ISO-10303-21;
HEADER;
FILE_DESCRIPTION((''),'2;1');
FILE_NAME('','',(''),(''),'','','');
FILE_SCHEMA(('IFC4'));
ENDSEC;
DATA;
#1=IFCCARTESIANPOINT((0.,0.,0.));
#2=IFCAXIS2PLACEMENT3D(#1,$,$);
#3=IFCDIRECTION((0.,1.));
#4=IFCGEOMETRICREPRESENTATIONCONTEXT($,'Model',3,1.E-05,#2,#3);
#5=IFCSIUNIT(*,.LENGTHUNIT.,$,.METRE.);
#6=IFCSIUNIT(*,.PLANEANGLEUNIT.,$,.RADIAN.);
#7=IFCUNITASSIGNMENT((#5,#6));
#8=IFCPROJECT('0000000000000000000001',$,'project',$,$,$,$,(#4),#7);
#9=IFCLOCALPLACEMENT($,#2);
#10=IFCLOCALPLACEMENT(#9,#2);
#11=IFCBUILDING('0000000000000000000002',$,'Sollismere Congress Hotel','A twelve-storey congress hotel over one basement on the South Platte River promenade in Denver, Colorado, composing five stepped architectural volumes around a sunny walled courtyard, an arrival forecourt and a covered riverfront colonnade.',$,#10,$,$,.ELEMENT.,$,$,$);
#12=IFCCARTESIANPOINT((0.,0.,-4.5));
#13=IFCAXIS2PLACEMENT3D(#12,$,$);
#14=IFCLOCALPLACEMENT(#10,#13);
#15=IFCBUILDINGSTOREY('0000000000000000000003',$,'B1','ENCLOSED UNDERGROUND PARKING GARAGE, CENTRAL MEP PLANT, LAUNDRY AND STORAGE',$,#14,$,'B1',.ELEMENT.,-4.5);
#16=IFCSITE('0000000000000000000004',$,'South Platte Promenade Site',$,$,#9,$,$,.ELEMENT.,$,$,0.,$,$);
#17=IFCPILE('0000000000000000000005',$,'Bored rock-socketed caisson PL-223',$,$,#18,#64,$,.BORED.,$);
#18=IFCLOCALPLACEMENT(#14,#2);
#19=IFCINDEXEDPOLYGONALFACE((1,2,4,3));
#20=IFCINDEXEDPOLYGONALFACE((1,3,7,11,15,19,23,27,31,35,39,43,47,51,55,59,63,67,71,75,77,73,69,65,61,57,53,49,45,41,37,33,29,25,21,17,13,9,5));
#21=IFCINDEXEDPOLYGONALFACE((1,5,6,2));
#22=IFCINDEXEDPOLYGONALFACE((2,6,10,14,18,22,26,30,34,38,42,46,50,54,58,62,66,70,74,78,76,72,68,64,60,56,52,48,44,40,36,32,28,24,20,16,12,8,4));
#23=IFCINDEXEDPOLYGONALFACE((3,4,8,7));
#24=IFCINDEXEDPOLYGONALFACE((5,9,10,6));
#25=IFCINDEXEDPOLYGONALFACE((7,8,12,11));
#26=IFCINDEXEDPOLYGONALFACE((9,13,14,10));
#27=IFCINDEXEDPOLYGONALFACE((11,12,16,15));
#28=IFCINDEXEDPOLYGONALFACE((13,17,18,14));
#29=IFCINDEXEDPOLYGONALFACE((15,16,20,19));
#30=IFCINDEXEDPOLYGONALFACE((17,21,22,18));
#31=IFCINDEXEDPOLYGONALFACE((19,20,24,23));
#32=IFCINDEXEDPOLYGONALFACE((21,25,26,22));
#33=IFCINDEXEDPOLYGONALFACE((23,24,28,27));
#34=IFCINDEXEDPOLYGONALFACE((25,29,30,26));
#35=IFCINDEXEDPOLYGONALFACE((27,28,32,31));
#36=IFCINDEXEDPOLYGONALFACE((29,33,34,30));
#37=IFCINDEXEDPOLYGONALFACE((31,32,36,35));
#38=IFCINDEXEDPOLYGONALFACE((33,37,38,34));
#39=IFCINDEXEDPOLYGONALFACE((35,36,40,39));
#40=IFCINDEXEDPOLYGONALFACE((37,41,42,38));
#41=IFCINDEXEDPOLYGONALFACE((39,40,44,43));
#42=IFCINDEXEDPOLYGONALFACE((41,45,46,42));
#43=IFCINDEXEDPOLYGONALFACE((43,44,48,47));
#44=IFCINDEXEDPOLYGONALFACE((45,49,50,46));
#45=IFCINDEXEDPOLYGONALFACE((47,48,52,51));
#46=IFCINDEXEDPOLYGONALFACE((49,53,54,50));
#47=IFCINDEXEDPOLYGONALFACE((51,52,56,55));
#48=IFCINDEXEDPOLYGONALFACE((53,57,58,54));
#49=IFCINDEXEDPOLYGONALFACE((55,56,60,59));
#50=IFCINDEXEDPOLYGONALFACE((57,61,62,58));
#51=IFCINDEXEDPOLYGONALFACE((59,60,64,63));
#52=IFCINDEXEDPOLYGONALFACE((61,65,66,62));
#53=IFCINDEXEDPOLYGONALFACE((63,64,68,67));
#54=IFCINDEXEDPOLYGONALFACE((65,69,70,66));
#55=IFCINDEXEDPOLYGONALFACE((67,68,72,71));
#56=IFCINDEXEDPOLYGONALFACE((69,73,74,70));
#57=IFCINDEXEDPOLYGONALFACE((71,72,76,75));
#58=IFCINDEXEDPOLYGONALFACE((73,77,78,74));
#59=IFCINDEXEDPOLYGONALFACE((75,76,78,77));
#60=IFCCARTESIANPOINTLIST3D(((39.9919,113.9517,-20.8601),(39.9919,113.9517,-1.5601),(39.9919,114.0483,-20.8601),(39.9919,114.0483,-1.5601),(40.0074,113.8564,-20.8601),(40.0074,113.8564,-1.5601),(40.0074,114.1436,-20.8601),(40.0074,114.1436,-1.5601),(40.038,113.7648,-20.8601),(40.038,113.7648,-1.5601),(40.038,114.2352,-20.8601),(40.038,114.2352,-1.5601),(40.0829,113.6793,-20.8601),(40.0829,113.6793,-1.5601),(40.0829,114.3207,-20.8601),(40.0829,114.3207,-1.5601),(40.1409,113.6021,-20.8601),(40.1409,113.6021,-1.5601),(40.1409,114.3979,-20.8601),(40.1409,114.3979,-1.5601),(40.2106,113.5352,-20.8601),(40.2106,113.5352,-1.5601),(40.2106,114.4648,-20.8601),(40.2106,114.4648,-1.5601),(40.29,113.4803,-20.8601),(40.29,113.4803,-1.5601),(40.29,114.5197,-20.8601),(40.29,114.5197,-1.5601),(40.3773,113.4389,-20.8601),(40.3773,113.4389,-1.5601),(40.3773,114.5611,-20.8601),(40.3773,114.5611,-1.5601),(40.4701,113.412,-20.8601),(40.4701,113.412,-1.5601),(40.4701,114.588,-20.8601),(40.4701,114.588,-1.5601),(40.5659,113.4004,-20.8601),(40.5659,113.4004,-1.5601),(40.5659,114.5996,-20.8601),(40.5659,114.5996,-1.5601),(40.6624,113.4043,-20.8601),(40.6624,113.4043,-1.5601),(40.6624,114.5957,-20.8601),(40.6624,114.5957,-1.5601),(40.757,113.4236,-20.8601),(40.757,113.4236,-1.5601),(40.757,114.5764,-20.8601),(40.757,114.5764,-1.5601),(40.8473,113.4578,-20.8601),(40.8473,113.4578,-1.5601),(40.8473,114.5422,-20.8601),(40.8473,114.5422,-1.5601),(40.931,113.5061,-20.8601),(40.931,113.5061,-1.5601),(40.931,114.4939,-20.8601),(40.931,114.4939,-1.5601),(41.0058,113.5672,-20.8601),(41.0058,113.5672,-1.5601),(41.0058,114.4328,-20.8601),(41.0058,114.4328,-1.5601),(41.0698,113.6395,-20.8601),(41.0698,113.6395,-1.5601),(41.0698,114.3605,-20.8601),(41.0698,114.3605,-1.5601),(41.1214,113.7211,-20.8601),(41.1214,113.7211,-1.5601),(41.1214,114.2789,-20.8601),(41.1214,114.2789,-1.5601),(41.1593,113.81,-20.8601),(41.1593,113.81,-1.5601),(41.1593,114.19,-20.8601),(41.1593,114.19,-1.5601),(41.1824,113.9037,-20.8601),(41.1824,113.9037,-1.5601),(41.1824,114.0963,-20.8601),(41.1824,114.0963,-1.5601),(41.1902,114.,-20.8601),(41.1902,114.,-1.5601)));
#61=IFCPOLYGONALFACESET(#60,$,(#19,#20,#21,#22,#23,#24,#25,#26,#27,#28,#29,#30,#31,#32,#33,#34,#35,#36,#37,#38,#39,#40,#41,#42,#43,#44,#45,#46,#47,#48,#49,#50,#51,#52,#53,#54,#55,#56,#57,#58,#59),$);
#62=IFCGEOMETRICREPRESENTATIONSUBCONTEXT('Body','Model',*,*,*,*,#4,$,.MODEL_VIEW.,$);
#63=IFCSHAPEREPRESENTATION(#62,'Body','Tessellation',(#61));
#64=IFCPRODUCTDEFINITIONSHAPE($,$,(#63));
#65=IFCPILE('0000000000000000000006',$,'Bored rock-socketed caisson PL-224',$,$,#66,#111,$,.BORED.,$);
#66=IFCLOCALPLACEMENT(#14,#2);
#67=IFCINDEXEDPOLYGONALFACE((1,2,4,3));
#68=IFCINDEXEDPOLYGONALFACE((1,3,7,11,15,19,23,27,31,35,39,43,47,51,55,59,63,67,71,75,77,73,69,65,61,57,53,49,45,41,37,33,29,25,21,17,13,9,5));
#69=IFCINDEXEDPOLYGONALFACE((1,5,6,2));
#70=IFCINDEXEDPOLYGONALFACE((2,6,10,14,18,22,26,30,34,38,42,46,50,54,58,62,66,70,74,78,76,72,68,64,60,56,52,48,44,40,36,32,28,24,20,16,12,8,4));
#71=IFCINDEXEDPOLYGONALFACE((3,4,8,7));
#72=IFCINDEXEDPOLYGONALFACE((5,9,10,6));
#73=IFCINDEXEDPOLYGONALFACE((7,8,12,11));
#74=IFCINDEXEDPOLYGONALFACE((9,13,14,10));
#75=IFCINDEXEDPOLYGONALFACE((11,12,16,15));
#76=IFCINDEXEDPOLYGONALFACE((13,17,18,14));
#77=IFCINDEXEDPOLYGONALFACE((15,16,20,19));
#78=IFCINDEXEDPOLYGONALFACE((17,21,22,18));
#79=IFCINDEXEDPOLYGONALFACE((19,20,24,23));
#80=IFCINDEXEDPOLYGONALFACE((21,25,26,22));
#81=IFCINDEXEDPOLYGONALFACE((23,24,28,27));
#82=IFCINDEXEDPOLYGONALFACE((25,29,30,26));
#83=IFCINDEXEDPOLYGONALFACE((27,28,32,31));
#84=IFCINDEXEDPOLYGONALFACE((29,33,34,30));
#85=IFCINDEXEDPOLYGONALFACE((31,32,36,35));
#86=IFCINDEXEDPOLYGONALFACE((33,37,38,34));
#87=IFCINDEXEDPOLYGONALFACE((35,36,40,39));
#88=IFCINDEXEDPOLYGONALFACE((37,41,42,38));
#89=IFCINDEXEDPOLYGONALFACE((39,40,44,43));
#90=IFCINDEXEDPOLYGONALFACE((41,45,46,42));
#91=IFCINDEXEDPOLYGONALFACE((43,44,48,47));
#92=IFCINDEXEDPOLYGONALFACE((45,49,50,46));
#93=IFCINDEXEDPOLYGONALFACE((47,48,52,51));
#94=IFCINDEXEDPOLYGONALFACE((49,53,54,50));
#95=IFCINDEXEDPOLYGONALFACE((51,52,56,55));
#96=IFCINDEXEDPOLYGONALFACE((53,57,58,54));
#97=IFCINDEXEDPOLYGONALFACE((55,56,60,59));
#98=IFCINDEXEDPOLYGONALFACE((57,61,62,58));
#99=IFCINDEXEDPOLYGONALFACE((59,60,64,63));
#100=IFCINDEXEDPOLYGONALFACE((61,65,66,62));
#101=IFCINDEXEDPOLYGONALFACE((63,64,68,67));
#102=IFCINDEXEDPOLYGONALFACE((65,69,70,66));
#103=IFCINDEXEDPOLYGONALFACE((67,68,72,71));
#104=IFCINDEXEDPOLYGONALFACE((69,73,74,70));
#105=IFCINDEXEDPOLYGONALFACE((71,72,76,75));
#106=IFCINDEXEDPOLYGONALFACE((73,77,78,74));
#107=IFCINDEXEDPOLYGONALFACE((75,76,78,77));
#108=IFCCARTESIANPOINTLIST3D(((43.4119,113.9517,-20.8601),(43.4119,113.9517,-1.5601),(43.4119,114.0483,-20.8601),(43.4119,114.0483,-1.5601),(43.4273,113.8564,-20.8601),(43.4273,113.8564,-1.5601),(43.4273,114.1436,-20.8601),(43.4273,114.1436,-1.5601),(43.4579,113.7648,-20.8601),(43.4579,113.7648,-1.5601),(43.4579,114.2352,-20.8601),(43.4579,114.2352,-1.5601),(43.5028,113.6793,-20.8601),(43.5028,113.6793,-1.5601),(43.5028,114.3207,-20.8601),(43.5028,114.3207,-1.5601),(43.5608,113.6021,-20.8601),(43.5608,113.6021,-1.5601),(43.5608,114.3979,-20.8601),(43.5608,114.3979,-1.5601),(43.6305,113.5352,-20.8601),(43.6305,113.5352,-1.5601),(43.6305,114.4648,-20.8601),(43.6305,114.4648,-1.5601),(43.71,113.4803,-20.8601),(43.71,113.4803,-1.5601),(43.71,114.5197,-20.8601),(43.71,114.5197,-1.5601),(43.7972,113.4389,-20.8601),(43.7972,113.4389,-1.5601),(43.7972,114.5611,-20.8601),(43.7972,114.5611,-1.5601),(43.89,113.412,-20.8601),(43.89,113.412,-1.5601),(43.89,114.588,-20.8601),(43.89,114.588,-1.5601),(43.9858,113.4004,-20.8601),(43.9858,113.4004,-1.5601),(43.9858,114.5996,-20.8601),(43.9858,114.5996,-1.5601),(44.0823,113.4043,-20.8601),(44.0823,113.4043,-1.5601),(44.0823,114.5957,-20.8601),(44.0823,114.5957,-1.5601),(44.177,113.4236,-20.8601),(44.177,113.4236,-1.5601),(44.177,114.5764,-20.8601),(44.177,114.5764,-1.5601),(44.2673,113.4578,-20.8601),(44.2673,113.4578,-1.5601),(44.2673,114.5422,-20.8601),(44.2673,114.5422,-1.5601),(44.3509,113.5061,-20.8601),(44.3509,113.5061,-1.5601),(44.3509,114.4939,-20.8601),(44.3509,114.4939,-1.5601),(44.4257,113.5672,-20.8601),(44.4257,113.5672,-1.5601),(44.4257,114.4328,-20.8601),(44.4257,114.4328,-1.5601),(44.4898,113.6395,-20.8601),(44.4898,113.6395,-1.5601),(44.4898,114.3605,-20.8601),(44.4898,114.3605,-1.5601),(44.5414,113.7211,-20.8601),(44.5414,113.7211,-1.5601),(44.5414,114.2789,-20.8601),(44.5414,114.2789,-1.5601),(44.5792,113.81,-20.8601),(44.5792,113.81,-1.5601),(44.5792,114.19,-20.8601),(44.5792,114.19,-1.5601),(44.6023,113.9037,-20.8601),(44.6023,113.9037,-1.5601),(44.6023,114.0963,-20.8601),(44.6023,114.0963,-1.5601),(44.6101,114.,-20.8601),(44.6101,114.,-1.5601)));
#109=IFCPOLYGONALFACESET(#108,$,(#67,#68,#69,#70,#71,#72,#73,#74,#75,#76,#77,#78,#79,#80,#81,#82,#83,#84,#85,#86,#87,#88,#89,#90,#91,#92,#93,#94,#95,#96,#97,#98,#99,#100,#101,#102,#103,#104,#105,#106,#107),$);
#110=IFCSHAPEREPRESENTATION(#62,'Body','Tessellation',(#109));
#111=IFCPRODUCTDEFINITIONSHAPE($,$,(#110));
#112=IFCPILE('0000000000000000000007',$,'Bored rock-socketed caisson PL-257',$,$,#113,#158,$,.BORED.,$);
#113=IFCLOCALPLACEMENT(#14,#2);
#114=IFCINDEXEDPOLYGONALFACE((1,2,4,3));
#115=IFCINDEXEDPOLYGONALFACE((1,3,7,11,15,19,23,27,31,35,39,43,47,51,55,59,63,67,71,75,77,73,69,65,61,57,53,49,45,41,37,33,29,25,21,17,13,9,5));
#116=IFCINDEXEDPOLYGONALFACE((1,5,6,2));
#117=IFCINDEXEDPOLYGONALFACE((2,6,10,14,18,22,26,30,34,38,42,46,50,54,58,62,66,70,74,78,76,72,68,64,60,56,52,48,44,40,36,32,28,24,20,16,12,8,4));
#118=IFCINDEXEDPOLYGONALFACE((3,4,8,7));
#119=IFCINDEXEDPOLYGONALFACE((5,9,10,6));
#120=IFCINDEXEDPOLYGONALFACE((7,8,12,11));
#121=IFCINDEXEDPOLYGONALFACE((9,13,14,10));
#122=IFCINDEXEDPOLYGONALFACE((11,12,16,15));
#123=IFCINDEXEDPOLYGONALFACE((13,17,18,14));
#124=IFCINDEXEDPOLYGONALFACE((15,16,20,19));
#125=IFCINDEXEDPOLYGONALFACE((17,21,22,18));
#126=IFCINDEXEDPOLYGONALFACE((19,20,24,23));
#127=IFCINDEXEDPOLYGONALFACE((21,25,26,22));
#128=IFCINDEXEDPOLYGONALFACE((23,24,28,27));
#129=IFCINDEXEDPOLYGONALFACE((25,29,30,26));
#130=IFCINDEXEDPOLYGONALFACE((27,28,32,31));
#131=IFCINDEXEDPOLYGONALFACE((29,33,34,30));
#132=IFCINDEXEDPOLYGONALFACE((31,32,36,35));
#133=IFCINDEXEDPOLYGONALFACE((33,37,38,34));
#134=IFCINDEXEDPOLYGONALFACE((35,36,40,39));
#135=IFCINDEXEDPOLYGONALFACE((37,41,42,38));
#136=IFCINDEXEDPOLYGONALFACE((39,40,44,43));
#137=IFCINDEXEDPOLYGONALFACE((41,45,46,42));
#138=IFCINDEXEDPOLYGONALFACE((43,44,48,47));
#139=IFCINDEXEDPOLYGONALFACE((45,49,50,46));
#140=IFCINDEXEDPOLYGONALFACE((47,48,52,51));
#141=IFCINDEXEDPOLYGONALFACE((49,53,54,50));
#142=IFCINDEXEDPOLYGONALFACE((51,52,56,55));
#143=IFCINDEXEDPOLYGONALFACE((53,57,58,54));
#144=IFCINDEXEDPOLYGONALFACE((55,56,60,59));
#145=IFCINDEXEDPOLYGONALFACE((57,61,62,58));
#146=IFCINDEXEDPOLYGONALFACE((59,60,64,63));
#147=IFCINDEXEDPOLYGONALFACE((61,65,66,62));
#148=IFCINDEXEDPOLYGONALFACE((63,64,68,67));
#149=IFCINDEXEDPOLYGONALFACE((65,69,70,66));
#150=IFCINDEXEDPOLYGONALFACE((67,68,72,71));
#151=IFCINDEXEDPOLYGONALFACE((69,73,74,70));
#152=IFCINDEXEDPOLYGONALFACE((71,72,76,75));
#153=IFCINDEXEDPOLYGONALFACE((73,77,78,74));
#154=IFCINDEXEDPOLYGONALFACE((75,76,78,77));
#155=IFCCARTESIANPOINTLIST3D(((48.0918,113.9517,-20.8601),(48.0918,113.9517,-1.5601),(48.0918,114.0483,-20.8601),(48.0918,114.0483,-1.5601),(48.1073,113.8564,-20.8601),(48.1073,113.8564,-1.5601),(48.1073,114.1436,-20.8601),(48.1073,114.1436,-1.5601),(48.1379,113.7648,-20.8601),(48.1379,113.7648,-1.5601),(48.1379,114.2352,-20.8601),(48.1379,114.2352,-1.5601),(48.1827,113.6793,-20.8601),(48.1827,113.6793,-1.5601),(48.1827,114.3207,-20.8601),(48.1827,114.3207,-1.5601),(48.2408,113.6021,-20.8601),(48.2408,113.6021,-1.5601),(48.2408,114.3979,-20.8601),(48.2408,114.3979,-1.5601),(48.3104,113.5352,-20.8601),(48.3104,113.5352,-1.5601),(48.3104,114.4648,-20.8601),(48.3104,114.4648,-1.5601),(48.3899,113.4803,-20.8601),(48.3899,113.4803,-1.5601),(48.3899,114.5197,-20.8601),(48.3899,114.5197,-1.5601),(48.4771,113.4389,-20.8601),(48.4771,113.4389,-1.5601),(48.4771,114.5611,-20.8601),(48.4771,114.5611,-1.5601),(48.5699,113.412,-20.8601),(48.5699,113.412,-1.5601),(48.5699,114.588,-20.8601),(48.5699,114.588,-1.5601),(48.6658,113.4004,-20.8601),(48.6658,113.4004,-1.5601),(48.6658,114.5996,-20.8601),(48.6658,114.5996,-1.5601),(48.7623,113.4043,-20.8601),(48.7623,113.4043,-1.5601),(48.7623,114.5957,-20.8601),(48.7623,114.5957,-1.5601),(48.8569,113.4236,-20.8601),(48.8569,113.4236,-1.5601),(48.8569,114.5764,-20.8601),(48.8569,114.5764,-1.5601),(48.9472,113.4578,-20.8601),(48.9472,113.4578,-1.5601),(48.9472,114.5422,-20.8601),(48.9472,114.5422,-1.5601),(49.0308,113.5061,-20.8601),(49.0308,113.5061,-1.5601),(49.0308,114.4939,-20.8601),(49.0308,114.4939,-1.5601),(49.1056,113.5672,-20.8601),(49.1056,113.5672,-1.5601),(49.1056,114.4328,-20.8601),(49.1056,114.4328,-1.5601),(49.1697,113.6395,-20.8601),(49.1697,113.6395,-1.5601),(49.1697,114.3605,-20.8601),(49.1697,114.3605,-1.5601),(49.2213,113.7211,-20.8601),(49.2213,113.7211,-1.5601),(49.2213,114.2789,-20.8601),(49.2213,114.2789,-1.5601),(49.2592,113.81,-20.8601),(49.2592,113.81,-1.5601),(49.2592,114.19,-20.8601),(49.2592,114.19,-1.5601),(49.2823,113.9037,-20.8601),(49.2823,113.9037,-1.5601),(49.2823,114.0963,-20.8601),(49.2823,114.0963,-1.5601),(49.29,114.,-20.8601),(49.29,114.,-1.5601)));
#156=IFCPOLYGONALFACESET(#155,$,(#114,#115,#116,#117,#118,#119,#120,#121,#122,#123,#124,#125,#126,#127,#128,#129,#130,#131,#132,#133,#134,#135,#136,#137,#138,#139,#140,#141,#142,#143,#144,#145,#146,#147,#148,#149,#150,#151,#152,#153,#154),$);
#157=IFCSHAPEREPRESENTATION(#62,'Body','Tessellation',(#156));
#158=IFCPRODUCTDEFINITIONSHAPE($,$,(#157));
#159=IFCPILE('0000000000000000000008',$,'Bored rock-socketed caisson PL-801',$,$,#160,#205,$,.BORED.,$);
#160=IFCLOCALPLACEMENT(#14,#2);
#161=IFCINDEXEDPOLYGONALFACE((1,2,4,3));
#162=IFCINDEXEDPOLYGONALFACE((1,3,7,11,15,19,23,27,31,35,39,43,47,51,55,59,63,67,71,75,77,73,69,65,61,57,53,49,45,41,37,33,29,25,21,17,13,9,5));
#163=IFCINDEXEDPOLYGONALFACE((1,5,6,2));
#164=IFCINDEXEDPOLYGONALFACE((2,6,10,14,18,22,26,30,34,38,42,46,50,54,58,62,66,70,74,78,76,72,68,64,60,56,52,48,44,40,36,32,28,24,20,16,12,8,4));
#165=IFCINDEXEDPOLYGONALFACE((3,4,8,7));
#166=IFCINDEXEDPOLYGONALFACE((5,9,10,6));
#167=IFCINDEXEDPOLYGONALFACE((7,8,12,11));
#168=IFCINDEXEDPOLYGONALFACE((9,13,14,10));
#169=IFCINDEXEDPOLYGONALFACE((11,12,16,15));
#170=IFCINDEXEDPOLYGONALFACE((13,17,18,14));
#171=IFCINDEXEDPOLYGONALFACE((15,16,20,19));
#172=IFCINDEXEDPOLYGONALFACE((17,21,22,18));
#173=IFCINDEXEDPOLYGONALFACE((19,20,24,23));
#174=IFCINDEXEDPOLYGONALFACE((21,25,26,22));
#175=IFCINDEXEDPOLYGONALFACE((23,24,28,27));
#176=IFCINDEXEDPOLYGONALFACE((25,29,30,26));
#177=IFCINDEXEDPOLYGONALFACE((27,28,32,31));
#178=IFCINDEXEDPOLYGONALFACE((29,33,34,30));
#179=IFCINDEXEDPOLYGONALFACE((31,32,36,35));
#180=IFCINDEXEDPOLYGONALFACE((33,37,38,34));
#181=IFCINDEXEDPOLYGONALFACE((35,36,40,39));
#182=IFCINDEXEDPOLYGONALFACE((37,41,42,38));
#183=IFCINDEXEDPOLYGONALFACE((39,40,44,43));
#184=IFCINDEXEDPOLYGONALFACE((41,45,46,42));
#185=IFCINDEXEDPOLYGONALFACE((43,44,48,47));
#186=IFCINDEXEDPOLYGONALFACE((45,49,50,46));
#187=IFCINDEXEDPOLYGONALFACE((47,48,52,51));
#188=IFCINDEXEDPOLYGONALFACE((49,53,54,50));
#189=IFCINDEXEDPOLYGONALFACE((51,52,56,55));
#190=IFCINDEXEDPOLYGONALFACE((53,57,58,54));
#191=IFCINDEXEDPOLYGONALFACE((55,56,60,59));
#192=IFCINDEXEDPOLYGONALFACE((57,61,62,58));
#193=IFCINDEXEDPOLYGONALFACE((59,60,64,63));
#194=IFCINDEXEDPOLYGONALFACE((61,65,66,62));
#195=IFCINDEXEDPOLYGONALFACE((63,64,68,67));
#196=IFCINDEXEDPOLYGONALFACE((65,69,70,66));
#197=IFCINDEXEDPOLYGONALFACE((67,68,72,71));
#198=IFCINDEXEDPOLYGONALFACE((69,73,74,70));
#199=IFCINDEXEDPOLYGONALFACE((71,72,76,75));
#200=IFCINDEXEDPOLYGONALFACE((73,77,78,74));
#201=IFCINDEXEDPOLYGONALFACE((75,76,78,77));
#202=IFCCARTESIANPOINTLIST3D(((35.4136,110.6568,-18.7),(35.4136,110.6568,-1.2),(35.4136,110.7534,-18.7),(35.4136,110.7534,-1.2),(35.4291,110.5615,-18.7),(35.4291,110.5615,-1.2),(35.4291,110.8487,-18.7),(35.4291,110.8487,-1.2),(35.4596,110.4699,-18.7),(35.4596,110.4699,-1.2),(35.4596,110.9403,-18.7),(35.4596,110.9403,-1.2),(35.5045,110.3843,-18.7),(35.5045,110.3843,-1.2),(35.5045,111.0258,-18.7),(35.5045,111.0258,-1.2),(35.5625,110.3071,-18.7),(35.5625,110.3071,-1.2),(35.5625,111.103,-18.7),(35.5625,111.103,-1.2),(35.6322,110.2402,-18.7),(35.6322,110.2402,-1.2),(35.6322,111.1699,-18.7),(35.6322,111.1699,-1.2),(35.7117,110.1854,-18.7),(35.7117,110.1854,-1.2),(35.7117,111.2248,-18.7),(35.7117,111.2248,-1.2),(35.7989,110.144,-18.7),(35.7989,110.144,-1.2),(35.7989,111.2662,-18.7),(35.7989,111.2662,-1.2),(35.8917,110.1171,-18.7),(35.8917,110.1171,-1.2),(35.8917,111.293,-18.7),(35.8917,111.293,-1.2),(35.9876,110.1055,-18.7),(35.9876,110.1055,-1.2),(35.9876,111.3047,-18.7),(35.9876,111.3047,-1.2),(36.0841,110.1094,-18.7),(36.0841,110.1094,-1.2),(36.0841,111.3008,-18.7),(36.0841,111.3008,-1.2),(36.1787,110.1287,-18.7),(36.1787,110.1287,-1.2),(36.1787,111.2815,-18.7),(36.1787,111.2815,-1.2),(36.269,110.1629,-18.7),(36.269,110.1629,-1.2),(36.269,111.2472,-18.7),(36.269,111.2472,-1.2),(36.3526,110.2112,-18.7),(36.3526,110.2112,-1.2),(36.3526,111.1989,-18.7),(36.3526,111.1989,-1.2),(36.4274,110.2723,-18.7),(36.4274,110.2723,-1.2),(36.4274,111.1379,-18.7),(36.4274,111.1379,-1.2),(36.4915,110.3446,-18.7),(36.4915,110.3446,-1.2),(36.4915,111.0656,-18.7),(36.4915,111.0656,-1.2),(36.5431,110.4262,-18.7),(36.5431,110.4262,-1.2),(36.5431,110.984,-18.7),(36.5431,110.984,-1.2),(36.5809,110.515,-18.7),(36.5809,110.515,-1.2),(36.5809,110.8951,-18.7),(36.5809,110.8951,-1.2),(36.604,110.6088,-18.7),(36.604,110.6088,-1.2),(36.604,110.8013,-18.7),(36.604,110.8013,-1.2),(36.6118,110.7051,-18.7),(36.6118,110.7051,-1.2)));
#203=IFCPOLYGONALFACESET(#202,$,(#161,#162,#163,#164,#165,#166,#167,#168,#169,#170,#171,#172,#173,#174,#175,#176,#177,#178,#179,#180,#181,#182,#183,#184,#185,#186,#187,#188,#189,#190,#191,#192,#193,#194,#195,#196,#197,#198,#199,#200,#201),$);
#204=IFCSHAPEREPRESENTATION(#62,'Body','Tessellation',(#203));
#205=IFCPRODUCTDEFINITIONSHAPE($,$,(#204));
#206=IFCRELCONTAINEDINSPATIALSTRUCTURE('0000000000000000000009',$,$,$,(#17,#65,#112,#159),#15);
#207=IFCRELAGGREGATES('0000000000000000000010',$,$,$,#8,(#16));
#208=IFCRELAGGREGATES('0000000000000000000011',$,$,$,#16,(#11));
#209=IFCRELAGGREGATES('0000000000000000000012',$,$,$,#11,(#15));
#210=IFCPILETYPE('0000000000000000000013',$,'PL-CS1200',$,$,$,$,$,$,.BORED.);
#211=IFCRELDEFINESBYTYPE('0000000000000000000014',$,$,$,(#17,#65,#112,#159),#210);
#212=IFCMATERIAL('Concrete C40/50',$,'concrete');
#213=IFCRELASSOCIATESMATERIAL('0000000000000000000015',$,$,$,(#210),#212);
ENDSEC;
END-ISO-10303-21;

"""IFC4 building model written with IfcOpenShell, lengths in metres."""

from ifc_helpers import new_model, si_unit, direction, frame, origin, origin_2d, place, context, subcontext, project, spatial, circle, extrude, material, material_profile, profile_set, type_object, element, save


model = new_model("IFC4")

# Units and contexts
model_context = context("Model", 3, precision=1e-05, world=origin(), true_north=direction((0.0, 1.0)))
body_context = subcontext(model_context, "Body", "Model", "MODEL_VIEW")
ifc_project = project(units=[si_unit("LENGTHUNIT", "METRE"), si_unit("PLANEANGLEUNIT", "RADIAN")], contexts=[model_context])

# Site, building, storey
site_placement = place(None, origin())
site = spatial("IfcSite", under=ifc_project, at=site_placement, Name="South Platte Promenade Site", CompositionType="ELEMENT", RefElevation=0.0)
building_placement = place(site_placement, origin())
building = spatial("IfcBuilding", under=site, at=building_placement, Name="Sollismere Congress Hotel", Description="A twelve-storey congress hotel over one basement on the South Platte River promenade in Denver, Colorado, composing five stepped architectural volumes around a sunny walled courtyard, an arrival forecourt and a covered riverfront colonnade.", CompositionType="ELEMENT")
storey_placement = place(building_placement, frame((0.0, 0.0, -4.5)))
storey = spatial("IfcBuildingStorey", under=building, at=storey_placement, Name="B1", Description="ENCLOSED UNDERGROUND PARKING GARAGE, CENTRAL MEP PLANT, LAUNDRY AND STORAGE", LongName="B1", CompositionType="ELEMENT", Elevation=-4.5)

# Shared definitions
ifc_material_1 = material(Name="Concrete C40/50", Category="concrete")

# Piles
ifc_material_profile_1 = material_profile(ifc_material_1, circle(Radius=0.6001, at=origin_2d()), Name="CAISSON1200")
ifc_profile_set_1 = profile_set([ifc_material_profile_1], Name="Concrete C40/50")
pile_type = type_object("IfcPileType", Name="PL-CS1200", PredefinedType="BORED", material=ifc_profile_set_1)
for number, where, z_axis, x_axis, name in (
    (1, (40.5901, 114.0, -1.5601), (0.0, 0.0, -1.0), (1.0, 0.0, 0.0), "Bored rock-socketed caisson PL-223"),
    (2, (44.01, 114.0, -1.5601), (0.0, 0.0, -1.0), (1.0, 0.0, 0.0), "Bored rock-socketed caisson PL-224"),
    (3, (48.6899, 114.0, -1.5601), (0.0, 0.0, -1.0), (1.0, 0.0, 0.0), "Bored rock-socketed caisson PL-257"),
):
    element("IfcPile", number, at=place(storey_placement, frame(where, z_axis=z_axis, x_axis=x_axis)), inside=storey, type_object=pile_type, Name=name, PredefinedType="BORED", context=body_context, shape_type="SweptSolid", body=[
        extrude(circle(Radius=0.6001, at=origin_2d()), origin(), (0.0, 0.0, 1.0), 19.3),
    ])
for number, where, z_axis, x_axis, name in (
    (4, (36.0117, 110.7051, -1.2), (0.0, 0.0, -1.0), (1.0, 0.0, 0.0), "Bored rock-socketed caisson PL-801"),
):
    element("IfcPile", number, at=place(storey_placement, frame(where, z_axis=z_axis, x_axis=x_axis)), inside=storey, type_object=pile_type, Name=name, PredefinedType="BORED", context=body_context, shape_type="SweptSolid", body=[
        extrude(circle(Radius=0.6001, at=origin_2d()), origin(), (0.0, 0.0, 1.0), 17.5),
    ])

save(model, "model.ifc")
